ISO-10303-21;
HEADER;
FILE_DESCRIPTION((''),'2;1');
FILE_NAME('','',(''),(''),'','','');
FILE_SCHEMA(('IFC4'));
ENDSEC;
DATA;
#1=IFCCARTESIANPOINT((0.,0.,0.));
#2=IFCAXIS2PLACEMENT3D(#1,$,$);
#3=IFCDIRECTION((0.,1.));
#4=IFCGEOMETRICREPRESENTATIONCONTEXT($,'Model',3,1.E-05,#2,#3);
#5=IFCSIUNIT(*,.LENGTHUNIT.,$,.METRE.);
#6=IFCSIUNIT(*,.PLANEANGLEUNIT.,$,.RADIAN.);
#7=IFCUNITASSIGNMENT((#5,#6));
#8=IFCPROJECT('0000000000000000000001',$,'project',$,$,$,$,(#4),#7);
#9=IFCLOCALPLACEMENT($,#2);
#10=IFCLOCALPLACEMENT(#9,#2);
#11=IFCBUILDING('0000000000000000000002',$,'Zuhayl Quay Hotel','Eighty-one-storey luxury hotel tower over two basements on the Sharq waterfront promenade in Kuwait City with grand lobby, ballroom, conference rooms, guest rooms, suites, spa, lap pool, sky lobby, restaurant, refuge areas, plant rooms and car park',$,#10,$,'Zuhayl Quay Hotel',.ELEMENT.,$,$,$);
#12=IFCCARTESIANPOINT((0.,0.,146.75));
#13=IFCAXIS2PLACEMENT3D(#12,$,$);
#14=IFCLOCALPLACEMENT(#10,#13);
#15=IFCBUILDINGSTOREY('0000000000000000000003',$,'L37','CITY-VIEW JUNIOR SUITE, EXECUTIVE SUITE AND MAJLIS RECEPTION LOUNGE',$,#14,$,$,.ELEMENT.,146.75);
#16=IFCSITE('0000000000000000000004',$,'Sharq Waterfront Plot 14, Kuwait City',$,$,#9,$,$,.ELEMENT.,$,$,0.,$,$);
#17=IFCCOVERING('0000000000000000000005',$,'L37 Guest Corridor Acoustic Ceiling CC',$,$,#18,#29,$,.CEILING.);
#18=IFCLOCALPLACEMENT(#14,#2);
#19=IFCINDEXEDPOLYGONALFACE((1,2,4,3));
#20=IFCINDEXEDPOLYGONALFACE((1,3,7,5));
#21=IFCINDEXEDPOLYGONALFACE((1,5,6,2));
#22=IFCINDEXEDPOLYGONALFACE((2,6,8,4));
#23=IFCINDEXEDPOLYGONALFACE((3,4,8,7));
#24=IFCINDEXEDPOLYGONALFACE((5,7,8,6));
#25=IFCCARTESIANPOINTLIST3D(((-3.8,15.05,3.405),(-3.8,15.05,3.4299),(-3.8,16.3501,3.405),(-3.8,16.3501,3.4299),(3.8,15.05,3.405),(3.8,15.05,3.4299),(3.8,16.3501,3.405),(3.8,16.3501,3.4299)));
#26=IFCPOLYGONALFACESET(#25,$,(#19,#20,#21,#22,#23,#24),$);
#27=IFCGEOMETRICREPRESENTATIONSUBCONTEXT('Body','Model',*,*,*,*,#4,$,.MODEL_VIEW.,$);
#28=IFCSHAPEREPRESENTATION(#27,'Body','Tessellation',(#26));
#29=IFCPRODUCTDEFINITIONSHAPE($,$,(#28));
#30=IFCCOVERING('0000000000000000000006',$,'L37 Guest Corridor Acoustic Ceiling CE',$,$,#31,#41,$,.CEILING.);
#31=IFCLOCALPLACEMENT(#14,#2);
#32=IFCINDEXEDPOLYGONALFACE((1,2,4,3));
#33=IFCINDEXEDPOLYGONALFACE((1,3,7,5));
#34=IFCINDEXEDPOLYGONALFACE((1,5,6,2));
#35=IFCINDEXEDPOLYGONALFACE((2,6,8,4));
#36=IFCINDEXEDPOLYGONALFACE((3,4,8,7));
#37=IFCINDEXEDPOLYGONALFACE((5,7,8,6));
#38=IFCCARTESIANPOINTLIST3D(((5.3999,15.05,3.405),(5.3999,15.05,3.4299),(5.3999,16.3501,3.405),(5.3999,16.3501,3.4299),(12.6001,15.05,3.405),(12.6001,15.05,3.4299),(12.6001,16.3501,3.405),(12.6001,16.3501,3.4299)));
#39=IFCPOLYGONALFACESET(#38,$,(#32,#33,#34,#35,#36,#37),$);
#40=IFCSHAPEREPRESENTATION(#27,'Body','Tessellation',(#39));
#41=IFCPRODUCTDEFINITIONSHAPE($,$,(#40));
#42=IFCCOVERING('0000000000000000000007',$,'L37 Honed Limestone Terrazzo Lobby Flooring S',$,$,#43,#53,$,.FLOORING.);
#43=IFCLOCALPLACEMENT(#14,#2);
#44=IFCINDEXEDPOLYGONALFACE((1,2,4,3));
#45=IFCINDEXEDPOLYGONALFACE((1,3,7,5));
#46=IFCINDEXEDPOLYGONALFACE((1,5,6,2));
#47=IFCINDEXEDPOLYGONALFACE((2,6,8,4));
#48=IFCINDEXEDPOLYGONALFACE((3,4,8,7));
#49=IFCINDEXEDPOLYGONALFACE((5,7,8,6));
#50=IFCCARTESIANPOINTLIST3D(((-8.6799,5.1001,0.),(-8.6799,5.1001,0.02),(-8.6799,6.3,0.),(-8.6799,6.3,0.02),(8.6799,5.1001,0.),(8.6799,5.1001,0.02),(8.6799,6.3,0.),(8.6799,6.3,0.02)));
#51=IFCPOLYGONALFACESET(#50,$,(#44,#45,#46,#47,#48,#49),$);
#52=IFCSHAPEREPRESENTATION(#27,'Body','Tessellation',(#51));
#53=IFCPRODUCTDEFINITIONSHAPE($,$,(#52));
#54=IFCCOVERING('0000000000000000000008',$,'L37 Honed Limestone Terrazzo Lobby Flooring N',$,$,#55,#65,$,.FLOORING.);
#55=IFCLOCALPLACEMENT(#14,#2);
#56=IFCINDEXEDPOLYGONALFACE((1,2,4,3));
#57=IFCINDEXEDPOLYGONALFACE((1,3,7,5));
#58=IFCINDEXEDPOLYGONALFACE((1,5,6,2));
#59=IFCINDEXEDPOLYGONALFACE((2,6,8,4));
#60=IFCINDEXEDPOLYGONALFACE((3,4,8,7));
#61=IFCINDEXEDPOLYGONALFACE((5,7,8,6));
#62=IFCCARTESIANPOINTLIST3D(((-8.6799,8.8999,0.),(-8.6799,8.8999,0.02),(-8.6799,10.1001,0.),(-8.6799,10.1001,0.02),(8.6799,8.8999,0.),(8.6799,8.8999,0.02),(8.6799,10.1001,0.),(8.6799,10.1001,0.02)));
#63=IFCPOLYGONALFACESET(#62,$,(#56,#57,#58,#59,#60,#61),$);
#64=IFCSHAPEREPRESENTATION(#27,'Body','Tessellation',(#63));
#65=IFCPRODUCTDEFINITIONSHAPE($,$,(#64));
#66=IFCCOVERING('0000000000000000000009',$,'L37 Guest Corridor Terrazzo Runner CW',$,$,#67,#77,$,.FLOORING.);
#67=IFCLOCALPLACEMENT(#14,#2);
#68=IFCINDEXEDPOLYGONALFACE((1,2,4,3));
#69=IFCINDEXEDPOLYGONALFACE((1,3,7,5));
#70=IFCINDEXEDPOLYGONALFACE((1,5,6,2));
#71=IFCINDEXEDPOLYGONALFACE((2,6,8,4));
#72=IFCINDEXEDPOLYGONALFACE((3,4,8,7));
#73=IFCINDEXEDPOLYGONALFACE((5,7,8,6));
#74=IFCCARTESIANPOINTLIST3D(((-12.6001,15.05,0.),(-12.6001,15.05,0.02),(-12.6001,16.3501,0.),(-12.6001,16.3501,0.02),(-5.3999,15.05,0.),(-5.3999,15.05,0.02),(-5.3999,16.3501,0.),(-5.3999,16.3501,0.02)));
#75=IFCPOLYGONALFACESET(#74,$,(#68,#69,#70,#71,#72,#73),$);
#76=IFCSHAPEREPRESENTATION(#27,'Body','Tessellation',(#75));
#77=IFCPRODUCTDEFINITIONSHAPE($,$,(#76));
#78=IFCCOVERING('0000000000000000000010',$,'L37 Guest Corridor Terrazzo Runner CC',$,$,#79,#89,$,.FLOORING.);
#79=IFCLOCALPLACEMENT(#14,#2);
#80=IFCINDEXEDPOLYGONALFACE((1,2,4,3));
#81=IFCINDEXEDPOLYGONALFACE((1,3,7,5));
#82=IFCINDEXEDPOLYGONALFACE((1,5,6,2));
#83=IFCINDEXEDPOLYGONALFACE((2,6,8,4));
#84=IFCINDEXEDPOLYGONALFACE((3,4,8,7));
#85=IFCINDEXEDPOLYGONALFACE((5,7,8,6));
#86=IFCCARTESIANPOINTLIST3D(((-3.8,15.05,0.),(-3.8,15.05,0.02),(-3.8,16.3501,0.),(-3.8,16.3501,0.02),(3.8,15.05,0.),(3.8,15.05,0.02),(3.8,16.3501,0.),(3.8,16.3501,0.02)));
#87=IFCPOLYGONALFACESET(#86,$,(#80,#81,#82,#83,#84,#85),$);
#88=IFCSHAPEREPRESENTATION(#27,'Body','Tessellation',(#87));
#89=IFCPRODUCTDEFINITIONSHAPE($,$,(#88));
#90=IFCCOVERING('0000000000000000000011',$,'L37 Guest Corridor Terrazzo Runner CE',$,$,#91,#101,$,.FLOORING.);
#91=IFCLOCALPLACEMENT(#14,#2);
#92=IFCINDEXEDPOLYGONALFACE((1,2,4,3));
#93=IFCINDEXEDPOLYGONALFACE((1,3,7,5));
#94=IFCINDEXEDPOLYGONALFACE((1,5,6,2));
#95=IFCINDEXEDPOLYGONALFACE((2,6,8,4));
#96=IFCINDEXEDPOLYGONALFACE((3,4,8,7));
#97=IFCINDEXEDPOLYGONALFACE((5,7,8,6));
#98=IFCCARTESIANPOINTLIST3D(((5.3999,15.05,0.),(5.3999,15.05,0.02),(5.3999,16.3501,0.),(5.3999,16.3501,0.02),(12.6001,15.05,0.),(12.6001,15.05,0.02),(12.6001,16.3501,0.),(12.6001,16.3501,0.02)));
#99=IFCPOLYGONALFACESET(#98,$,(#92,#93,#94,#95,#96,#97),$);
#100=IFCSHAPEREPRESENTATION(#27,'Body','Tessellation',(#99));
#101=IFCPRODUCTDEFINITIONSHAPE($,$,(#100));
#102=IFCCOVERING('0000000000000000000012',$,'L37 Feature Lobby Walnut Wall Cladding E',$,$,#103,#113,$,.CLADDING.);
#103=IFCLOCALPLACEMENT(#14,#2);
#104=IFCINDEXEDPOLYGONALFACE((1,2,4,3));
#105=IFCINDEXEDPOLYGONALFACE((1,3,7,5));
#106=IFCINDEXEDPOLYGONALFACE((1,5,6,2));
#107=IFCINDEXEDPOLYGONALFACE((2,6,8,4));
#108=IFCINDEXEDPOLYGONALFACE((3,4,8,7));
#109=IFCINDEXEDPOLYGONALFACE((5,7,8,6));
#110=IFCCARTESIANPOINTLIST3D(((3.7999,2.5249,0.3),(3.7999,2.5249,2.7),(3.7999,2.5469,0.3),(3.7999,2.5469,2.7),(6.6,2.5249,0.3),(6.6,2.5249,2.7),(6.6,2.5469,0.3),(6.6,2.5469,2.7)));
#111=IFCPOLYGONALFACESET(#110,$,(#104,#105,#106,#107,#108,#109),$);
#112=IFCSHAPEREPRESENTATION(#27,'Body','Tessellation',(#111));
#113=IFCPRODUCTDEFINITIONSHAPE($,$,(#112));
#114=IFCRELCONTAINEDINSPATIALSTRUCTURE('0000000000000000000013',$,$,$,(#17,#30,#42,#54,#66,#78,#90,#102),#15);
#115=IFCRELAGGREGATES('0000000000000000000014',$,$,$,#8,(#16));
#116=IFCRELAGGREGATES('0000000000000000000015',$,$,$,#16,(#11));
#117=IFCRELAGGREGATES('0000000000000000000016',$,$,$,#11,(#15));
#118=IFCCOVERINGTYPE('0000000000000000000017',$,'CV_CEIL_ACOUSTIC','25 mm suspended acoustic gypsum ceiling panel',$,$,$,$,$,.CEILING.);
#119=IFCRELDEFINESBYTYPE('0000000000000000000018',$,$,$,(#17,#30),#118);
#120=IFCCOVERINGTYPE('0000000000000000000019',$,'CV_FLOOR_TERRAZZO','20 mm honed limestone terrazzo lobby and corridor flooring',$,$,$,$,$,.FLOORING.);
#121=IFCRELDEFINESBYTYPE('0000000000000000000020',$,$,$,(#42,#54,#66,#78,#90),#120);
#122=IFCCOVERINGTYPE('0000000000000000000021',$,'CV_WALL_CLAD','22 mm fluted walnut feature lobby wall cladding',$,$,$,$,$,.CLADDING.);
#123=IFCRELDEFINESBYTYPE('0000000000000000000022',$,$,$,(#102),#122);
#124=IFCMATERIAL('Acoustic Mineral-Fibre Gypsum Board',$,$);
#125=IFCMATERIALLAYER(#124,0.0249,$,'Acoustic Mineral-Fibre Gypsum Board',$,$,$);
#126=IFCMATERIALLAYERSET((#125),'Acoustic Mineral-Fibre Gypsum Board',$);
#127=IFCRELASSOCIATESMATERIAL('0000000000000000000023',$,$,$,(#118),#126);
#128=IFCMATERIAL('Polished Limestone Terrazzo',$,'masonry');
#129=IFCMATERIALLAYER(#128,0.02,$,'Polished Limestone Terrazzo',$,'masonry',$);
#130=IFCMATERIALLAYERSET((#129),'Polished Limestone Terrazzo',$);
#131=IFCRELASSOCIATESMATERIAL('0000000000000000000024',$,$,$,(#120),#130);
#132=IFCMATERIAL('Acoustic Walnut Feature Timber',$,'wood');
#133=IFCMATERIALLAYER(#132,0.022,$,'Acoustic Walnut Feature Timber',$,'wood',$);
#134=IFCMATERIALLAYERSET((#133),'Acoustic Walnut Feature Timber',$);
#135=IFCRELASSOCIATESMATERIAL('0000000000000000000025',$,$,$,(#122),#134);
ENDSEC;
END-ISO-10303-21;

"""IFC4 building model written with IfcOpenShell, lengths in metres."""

from ifc_helpers import new_model, si_unit, direction, frame, origin, origin_2d, place, context, subcontext, project, spatial, polyline, rectangle, outline, extrude, material, layer, layer_set, type_object, element, save


model = new_model("IFC4")

# Units and contexts
model_context = context("Model", 3, precision=1e-05, world=origin(), true_north=direction((0.0, 1.0)))
body_context = subcontext(model_context, "Body", "Model", "MODEL_VIEW")
ifc_project = project(units=[si_unit("LENGTHUNIT", "METRE"), si_unit("PLANEANGLEUNIT", "RADIAN")], contexts=[model_context])

# Site, building, storey
site_placement = place(None, origin())
site = spatial("IfcSite", under=ifc_project, at=site_placement, Name="Sharq Waterfront Plot 14, Kuwait City", CompositionType="ELEMENT", RefElevation=0.0)
building_placement = place(site_placement, origin())
building = spatial("IfcBuilding", under=site, at=building_placement, Name="Zuhayl Quay Hotel", Description="Eighty-one-storey luxury hotel tower over two basements on the Sharq waterfront promenade in Kuwait City with grand lobby, ballroom, conference rooms, guest rooms, suites, spa, lap pool, sky lobby, restaurant, refuge areas, plant rooms and car park", LongName="Zuhayl Quay Hotel", CompositionType="ELEMENT")
storey_placement = place(building_placement, frame((0.0, 0.0, 146.75)))
storey = spatial("IfcBuildingStorey", under=building, at=storey_placement, Name="L37", Description="CITY-VIEW JUNIOR SUITE, EXECUTIVE SUITE AND MAJLIS RECEPTION LOUNGE", CompositionType="ELEMENT", Elevation=146.75)

# Coverings
ifc_material_1 = material(Name="Acoustic Mineral-Fibre Gypsum Board")
ifc_layer_1 = layer(ifc_material_1, 0.0249, Name="Acoustic Mineral-Fibre Gypsum Board")
ifc_layer_set_1 = layer_set([ifc_layer_1], Name="Acoustic Mineral-Fibre Gypsum Board")
covering_type_1 = type_object("IfcCoveringType", Name="CV_CEIL_ACOUSTIC", Description="25 mm suspended acoustic gypsum ceiling panel", PredefinedType="CEILING", material=ifc_layer_set_1)
covering_1_placement = place(storey_placement, frame((0.0, 0.0, 3.405)))
element("IfcCovering", 1, at=covering_1_placement, inside=storey, type_object=covering_type_1, Name="L37 Guest Corridor Acoustic Ceiling CC", PredefinedType="CEILING", context=body_context, shape_type="SweptSolid", body=[
    extrude(outline(polyline([(-3.8, 15.05), (3.8, 15.05), (3.8, 16.3501), (-3.8, 16.3501), (-3.8, 15.05)])), origin(), (0.0, 0.0, 1.0), 0.0249),
])
covering_2_placement = place(storey_placement, frame((0.0, 0.0, 3.405)))
element("IfcCovering", 2, at=covering_2_placement, inside=storey, type_object=covering_type_1, Name="L37 Guest Corridor Acoustic Ceiling CE", PredefinedType="CEILING", context=body_context, shape_type="SweptSolid", body=[
    extrude(outline(polyline([(5.3999, 15.05), (12.6001, 15.05), (12.6001, 16.3501), (5.3999, 16.3501), (5.3999, 15.05)])), origin(), (0.0, 0.0, 1.0), 0.0249),
])
ifc_material_2 = material(Name="Polished Limestone Terrazzo", Category="masonry")
ifc_layer_2 = layer(ifc_material_2, 0.02, Name="Polished Limestone Terrazzo", Category="masonry")
ifc_layer_set_2 = layer_set([ifc_layer_2], Name="Polished Limestone Terrazzo")
covering_type_2 = type_object("IfcCoveringType", Name="CV_FLOOR_TERRAZZO", Description="20 mm honed limestone terrazzo lobby and corridor flooring", PredefinedType="FLOORING", material=ifc_layer_set_2)
covering_3_placement = place(storey_placement, origin())
element("IfcCovering", 3, at=covering_3_placement, inside=storey, type_object=covering_type_2, Name="L37 Honed Limestone Terrazzo Lobby Flooring S", PredefinedType="FLOORING", context=body_context, shape_type="SweptSolid", body=[
    extrude(outline(polyline([(-8.6799, 5.1001), (8.6799, 5.1001), (8.6799, 6.3), (-8.6799, 6.3), (-8.6799, 5.1001)])), origin(), (0.0, 0.0, 1.0), 0.02),
])
covering_4_placement = place(storey_placement, origin())
element("IfcCovering", 4, at=covering_4_placement, inside=storey, type_object=covering_type_2, Name="L37 Honed Limestone Terrazzo Lobby Flooring N", PredefinedType="FLOORING", context=body_context, shape_type="SweptSolid", body=[
    extrude(outline(polyline([(-8.6799, 8.8999), (8.6799, 8.8999), (8.6799, 10.1001), (-8.6799, 10.1001), (-8.6799, 8.8999)])), origin(), (0.0, 0.0, 1.0), 0.02),
])
covering_5_placement = place(storey_placement, origin())
element("IfcCovering", 5, at=covering_5_placement, inside=storey, type_object=covering_type_2, Name="L37 Guest Corridor Terrazzo Runner CW", PredefinedType="FLOORING", context=body_context, shape_type="SweptSolid", body=[
    extrude(outline(polyline([(-12.6001, 15.05), (-5.3999, 15.05), (-5.3999, 16.3501), (-12.6001, 16.3501), (-12.6001, 15.05)])), origin(), (0.0, 0.0, 1.0), 0.02),
])
covering_6_placement = place(storey_placement, origin())
element("IfcCovering", 6, at=covering_6_placement, inside=storey, type_object=covering_type_2, Name="L37 Guest Corridor Terrazzo Runner CC", PredefinedType="FLOORING", context=body_context, shape_type="SweptSolid", body=[
    extrude(outline(polyline([(-3.8, 15.05), (3.8, 15.05), (3.8, 16.3501), (-3.8, 16.3501), (-3.8, 15.05)])), origin(), (0.0, 0.0, 1.0), 0.02),
])
covering_7_placement = place(storey_placement, origin())
element("IfcCovering", 7, at=covering_7_placement, inside=storey, type_object=covering_type_2, Name="L37 Guest Corridor Terrazzo Runner CE", PredefinedType="FLOORING", context=body_context, shape_type="SweptSolid", body=[
    extrude(outline(polyline([(5.3999, 15.05), (12.6001, 15.05), (12.6001, 16.3501), (5.3999, 16.3501), (5.3999, 15.05)])), origin(), (0.0, 0.0, 1.0), 0.02),
])
ifc_material_3 = material(Name="Acoustic Walnut Feature Timber", Category="wood")
ifc_layer_3 = layer(ifc_material_3, 0.022, Name="Acoustic Walnut Feature Timber", Category="wood")
ifc_layer_set_3 = layer_set([ifc_layer_3], Name="Acoustic Walnut Feature Timber")
covering_type_3 = type_object("IfcCoveringType", Name="CV_WALL_CLAD", Description="22 mm fluted walnut feature lobby wall cladding", PredefinedType="CLADDING", material=ifc_layer_set_3)
covering_8_placement = place(storey_placement, frame((5.2, 2.5359, 0.3), z_axis=(0.0, 0.0, 1.0), x_axis=(1.0, 0.0, 0.0)))
element("IfcCovering", 8, at=covering_8_placement, inside=storey, type_object=covering_type_3, Name="L37 Feature Lobby Walnut Wall Cladding E", PredefinedType="CLADDING", context=body_context, shape_type="SweptSolid", body=[
    extrude(rectangle(XDim=2.8, YDim=0.022, at=origin_2d()), origin(), (0.0, 0.0, 1.0), 2.3999),
])

save(model, "model.ifc")
